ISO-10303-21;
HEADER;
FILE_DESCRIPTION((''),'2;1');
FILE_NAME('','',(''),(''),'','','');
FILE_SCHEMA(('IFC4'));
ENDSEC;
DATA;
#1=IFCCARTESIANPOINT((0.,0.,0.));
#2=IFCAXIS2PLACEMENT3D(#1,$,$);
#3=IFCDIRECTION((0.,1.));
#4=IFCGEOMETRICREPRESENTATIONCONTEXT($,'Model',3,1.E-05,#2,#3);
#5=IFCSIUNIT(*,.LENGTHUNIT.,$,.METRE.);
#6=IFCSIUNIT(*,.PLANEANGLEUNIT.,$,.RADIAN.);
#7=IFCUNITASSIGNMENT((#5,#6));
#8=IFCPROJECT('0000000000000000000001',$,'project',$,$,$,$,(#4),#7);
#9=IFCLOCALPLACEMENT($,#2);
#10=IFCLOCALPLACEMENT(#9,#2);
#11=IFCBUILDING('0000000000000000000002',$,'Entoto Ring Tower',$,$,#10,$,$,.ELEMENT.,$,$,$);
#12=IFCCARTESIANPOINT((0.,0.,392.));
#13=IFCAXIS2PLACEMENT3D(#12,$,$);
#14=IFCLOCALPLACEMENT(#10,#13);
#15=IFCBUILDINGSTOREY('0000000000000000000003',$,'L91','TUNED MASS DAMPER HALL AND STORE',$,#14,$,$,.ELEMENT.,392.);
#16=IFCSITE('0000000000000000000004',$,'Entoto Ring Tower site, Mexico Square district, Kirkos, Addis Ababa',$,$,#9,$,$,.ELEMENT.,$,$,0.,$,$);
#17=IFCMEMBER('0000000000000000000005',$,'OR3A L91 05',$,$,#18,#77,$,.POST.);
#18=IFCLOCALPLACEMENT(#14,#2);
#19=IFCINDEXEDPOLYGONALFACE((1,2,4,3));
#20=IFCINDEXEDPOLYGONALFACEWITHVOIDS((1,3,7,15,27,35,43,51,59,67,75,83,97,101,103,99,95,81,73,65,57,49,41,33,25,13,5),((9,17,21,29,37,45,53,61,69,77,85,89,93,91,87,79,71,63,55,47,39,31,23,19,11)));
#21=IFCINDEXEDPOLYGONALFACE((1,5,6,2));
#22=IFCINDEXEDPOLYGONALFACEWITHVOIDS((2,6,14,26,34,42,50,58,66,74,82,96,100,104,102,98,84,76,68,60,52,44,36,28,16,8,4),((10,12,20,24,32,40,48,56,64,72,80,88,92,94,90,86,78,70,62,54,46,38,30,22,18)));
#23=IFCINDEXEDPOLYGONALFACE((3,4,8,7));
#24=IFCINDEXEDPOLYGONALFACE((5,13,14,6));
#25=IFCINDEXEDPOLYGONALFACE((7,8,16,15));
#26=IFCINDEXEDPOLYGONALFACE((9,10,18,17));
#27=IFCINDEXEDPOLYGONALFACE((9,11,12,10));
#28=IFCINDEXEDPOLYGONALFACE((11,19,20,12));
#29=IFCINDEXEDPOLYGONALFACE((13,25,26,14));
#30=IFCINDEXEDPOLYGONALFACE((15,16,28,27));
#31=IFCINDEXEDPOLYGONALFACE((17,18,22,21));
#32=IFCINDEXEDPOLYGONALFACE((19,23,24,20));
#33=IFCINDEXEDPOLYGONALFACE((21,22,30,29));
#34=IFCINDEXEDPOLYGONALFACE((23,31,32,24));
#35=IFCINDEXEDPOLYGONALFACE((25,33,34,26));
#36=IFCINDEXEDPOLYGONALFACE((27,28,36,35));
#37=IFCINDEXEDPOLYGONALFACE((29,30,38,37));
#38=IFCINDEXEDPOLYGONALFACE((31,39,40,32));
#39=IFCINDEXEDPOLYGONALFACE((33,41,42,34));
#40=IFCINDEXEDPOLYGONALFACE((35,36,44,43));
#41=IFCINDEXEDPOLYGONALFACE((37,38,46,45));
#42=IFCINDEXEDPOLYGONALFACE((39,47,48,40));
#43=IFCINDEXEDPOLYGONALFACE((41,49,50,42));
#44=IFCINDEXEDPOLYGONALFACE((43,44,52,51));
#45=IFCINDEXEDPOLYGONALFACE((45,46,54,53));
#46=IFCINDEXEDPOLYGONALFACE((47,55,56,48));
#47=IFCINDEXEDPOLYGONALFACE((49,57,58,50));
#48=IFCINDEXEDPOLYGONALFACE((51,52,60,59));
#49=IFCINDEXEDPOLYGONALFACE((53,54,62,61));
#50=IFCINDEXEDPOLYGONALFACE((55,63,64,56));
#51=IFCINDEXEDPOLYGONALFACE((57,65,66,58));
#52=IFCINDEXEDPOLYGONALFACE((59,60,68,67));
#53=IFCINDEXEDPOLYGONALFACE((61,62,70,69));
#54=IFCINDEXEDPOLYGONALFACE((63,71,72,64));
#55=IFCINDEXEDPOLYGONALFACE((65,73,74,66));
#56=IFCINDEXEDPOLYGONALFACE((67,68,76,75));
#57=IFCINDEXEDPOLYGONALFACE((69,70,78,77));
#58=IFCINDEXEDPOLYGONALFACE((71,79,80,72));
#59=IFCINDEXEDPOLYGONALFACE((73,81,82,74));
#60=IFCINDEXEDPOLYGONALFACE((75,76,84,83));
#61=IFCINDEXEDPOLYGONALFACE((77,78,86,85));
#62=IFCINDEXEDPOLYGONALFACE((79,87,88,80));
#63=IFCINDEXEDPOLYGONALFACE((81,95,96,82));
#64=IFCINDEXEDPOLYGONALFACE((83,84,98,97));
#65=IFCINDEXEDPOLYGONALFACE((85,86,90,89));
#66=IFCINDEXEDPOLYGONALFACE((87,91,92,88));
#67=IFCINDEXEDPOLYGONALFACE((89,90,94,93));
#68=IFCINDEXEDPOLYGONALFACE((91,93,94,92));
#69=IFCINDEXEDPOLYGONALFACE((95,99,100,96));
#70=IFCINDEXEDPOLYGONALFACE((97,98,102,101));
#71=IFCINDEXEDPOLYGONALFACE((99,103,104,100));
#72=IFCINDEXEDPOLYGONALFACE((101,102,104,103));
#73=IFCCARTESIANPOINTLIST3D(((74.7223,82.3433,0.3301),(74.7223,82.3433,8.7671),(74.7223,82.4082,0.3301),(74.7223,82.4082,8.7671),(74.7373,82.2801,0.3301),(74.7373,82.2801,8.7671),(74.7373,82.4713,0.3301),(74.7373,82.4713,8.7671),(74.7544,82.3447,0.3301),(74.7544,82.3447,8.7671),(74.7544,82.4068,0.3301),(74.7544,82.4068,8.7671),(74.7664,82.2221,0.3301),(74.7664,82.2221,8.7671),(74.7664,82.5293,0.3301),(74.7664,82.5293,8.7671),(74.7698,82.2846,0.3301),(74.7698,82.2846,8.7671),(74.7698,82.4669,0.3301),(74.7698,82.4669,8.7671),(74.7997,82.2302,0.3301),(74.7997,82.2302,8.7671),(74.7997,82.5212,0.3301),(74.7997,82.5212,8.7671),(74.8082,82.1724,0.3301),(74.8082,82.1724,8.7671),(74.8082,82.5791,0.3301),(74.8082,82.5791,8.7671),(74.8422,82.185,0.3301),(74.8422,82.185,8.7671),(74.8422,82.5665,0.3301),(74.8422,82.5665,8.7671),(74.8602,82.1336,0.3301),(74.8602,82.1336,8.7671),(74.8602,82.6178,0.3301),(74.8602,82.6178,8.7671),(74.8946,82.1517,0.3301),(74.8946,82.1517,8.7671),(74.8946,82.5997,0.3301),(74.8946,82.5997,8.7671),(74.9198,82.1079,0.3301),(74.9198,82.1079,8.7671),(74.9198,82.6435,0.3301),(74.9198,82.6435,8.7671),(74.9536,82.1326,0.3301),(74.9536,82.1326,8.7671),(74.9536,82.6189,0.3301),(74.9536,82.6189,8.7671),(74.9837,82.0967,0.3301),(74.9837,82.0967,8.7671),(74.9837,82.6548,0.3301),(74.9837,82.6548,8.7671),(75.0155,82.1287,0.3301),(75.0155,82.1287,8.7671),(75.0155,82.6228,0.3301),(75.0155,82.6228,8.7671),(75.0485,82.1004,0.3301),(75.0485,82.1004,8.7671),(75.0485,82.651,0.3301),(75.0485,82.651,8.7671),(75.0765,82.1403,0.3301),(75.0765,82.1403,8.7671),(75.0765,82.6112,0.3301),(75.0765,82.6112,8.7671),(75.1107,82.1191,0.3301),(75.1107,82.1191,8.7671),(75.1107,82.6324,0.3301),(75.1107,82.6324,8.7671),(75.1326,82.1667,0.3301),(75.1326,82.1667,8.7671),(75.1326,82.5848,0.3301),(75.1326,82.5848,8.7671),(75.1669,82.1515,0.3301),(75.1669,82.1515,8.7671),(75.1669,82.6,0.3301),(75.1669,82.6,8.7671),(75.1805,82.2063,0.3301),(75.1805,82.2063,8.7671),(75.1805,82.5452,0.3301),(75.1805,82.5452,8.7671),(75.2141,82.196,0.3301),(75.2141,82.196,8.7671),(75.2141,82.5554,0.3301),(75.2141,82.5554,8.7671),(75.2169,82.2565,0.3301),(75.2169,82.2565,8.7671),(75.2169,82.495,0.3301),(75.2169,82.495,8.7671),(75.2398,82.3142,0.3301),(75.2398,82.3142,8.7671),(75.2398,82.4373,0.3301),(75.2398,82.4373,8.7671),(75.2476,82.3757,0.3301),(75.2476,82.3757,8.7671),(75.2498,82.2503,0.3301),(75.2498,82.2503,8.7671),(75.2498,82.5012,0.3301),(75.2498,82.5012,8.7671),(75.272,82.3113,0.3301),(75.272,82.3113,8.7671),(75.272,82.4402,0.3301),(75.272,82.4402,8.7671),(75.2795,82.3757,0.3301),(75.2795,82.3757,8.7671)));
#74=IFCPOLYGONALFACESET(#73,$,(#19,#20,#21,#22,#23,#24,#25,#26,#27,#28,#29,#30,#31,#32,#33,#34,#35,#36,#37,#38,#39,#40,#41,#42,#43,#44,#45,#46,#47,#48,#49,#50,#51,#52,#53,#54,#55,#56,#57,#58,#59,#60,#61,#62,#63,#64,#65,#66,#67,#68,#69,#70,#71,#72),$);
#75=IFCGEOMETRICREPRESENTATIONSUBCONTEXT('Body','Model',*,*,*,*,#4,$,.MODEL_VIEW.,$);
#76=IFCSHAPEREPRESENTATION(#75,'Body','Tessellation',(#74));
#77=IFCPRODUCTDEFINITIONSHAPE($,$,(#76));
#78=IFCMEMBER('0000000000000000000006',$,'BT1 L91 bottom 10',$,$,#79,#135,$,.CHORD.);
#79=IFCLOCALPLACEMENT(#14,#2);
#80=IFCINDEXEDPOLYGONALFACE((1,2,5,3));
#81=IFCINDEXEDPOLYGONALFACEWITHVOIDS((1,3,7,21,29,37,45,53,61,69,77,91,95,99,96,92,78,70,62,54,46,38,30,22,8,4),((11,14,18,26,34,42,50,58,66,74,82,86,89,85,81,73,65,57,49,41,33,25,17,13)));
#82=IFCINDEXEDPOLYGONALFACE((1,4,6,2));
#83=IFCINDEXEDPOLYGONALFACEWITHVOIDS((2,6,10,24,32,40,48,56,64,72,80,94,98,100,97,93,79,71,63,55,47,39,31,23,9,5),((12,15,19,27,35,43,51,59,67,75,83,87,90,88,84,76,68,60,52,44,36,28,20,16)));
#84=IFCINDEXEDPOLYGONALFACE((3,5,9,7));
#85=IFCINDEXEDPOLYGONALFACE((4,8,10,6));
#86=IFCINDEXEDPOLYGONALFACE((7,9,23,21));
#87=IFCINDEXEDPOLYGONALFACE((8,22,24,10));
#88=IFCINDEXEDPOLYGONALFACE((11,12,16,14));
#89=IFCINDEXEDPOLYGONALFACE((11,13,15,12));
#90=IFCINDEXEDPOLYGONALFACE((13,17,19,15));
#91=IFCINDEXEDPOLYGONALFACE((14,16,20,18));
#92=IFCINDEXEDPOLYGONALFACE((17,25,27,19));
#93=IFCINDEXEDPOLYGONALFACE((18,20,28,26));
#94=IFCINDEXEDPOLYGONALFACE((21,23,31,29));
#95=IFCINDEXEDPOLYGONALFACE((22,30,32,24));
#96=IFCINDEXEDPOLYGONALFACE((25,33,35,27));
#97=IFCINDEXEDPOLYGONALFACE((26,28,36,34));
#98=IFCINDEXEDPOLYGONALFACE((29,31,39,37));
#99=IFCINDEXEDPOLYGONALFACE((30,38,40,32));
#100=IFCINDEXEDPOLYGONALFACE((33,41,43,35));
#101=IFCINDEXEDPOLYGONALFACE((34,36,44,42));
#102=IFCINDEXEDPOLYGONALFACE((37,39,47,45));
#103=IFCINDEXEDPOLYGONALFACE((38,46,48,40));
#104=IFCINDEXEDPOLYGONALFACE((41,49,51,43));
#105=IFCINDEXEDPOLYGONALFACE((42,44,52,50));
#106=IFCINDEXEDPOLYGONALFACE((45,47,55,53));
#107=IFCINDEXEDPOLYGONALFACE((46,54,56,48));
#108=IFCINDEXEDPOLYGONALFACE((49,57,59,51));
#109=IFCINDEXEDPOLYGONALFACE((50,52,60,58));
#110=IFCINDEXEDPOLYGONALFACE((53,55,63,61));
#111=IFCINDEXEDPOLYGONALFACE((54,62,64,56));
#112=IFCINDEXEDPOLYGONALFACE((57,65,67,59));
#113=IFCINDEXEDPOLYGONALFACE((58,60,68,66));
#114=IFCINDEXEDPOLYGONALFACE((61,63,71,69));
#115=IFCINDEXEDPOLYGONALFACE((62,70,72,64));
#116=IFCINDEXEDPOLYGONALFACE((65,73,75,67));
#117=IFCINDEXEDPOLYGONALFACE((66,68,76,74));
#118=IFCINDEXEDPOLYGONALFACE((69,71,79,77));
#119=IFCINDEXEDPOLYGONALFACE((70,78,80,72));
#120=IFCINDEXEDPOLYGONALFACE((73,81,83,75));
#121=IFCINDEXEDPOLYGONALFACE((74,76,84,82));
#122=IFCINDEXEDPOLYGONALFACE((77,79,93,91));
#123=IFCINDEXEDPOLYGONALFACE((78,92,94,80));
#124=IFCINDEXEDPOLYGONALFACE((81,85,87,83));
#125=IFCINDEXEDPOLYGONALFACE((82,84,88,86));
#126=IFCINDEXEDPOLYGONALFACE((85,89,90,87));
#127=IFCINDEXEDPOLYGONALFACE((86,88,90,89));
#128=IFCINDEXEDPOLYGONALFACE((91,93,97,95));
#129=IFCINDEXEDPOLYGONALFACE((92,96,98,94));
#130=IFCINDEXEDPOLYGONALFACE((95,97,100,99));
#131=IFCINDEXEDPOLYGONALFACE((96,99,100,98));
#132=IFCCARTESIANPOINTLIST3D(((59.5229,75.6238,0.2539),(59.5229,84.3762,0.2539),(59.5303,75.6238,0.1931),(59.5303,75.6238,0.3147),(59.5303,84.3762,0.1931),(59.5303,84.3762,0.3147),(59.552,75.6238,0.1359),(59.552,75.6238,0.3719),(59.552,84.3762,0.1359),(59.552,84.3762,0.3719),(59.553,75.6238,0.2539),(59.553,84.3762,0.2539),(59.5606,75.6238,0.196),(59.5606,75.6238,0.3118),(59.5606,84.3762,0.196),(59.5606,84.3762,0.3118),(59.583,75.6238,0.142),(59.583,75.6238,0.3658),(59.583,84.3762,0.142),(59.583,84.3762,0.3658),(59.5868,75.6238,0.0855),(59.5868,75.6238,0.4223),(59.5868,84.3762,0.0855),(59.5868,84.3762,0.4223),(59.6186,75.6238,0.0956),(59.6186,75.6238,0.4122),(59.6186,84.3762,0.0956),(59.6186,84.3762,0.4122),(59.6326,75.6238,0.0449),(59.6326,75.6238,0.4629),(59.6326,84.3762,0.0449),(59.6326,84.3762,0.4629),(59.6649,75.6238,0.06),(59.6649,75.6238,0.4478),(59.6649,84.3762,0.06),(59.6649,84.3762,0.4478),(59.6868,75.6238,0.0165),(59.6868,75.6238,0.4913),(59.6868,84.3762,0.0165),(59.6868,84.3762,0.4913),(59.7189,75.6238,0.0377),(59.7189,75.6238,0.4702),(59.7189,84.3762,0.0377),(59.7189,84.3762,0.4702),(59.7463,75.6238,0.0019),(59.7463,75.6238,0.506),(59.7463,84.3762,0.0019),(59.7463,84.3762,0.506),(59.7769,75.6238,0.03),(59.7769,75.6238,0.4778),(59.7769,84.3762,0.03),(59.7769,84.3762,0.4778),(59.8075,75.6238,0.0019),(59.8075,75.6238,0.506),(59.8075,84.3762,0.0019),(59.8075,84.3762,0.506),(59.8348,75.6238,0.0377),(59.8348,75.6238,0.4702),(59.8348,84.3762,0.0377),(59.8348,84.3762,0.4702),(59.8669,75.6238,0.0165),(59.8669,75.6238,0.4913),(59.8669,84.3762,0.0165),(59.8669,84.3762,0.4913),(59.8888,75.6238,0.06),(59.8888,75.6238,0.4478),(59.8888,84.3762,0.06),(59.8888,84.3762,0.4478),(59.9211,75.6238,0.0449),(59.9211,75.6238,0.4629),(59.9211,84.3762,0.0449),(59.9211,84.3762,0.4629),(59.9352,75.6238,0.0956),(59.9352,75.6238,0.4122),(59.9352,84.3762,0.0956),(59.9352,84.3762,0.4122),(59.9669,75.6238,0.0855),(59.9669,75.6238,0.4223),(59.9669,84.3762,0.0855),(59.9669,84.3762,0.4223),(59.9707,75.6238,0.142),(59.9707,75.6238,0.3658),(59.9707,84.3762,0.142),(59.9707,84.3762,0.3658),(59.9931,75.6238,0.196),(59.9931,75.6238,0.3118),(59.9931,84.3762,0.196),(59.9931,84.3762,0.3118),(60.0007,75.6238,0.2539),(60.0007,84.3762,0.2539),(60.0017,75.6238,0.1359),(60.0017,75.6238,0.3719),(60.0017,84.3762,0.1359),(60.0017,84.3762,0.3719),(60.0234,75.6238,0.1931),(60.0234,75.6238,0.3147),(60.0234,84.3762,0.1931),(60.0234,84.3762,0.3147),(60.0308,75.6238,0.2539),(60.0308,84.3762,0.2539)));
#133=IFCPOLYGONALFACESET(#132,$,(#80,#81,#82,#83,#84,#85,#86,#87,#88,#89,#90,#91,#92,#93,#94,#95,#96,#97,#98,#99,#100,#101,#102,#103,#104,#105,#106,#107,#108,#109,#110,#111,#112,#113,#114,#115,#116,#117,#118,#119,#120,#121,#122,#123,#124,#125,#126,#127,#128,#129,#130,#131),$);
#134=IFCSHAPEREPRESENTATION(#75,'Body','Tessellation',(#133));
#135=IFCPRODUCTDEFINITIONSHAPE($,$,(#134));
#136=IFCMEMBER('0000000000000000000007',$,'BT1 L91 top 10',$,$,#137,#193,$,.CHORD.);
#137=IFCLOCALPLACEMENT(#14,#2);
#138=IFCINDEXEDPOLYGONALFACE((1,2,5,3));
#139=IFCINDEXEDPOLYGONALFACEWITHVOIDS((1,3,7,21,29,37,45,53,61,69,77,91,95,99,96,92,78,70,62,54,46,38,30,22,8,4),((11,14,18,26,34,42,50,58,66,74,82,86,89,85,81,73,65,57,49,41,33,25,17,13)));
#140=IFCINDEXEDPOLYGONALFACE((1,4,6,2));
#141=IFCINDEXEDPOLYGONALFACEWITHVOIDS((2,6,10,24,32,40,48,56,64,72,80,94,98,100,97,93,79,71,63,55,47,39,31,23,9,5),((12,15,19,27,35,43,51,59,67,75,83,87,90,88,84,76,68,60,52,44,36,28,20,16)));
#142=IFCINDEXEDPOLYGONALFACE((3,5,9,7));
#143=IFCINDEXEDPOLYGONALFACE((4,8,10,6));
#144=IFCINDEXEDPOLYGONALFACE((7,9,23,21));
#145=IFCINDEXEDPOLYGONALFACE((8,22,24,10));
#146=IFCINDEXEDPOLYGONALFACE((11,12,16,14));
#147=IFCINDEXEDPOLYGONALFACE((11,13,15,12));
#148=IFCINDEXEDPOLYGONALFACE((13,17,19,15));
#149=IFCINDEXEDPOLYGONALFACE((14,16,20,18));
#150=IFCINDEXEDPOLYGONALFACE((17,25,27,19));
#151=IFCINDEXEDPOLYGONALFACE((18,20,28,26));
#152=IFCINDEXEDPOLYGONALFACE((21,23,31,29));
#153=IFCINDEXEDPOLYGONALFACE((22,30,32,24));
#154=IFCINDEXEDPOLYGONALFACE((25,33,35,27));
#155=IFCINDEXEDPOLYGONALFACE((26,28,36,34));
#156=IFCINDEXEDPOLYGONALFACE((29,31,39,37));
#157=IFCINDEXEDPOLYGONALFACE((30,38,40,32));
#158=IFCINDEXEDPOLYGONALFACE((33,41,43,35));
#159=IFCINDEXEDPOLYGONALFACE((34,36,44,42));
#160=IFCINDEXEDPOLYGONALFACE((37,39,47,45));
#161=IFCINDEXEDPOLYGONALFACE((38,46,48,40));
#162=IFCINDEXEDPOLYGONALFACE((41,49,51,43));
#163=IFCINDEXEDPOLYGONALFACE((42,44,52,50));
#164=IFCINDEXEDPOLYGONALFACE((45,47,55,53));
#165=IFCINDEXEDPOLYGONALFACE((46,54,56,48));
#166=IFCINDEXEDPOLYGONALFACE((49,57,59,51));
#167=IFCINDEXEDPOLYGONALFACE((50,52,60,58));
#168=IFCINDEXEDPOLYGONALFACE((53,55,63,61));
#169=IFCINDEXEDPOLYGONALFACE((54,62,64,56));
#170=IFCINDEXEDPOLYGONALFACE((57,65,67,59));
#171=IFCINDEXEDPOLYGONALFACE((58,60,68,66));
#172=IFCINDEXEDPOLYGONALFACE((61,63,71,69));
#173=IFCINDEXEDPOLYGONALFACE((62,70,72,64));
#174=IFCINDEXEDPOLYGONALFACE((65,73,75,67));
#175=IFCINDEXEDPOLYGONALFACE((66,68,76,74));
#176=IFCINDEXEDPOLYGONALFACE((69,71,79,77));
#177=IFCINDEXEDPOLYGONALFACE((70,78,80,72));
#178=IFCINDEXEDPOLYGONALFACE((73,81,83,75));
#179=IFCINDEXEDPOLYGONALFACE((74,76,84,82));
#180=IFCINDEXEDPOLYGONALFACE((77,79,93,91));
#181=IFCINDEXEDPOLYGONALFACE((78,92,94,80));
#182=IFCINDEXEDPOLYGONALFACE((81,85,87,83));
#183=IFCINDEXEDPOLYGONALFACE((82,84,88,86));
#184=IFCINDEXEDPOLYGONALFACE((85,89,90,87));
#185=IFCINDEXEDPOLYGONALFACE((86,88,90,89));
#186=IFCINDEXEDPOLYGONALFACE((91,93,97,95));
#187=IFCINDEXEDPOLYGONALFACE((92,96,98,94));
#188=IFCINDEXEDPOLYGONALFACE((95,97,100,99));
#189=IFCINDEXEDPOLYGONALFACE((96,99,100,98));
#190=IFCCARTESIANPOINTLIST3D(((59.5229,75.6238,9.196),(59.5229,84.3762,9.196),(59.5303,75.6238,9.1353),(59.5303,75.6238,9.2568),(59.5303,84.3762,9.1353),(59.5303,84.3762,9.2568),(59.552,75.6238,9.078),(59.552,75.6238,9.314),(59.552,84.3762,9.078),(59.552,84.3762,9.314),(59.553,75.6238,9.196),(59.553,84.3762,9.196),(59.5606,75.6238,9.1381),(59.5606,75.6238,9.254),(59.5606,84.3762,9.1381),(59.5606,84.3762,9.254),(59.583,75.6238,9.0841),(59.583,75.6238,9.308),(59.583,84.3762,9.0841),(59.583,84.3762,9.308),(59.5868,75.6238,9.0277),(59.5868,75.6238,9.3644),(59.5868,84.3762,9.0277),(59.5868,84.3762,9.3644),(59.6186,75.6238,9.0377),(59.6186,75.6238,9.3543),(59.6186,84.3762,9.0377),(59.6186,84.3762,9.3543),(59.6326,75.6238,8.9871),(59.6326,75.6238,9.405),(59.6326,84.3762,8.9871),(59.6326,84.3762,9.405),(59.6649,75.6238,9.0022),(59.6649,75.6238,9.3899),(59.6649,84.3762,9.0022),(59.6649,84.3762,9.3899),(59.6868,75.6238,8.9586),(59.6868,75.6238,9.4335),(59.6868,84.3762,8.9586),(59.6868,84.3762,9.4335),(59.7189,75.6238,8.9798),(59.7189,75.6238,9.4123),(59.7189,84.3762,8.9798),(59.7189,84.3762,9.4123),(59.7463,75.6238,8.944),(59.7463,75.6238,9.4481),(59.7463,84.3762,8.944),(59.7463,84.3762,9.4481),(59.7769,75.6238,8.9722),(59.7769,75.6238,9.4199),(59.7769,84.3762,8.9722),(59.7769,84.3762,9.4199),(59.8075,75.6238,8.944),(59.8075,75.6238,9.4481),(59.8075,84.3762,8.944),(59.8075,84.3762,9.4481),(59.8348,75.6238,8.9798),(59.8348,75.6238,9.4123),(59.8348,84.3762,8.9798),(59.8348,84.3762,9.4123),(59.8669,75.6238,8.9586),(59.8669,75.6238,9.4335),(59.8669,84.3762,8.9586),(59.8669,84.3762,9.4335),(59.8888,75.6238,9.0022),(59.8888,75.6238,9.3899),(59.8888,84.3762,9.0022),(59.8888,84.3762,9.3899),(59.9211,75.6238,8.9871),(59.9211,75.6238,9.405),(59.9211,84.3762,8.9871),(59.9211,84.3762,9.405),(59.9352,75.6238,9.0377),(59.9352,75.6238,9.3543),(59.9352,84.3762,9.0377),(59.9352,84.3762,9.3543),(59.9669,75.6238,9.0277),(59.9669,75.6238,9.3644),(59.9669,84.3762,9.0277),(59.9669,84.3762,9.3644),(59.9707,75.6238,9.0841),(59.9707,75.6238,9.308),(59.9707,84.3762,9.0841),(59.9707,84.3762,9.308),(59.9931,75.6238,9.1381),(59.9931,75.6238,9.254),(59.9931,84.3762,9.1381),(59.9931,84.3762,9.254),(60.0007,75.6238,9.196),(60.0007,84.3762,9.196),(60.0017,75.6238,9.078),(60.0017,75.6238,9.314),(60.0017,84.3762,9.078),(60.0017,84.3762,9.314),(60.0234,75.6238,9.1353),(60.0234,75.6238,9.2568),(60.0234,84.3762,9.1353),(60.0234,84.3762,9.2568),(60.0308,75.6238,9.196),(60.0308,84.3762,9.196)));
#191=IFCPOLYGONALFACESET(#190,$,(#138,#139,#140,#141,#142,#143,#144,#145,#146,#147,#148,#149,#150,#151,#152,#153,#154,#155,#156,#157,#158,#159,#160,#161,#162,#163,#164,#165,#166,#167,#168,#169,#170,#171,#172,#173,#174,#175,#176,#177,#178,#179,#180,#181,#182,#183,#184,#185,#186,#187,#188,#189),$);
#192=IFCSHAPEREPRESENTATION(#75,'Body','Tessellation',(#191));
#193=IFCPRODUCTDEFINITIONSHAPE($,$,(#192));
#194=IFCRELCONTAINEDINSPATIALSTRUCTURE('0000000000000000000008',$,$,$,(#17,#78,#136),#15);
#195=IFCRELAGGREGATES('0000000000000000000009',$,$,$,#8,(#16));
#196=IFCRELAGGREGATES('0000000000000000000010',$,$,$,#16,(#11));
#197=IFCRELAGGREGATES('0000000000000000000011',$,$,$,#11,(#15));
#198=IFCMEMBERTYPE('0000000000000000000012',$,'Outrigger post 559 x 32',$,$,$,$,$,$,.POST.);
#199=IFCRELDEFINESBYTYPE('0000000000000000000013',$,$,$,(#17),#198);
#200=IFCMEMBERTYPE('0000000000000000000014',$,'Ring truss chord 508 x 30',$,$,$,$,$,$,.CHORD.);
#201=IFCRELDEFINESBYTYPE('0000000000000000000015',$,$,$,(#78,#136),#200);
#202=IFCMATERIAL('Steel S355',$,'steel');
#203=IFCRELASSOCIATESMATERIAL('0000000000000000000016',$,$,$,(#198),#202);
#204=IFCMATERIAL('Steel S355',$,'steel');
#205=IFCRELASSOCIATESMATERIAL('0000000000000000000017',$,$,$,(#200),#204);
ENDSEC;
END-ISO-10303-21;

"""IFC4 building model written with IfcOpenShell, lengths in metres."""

from ifc_helpers import new_model, si_unit, direction, frame, origin, origin_2d, place, context, subcontext, project, spatial, circle, hollow_circle, extrude, material, material_profile, profile_set, type_object, element, save


model = new_model("IFC4")

# Units and contexts
model_context = context("Model", 3, precision=1e-05, world=origin(), true_north=direction((0.0, 1.0)))
body_context = subcontext(model_context, "Body", "Model", "MODEL_VIEW")
ifc_project = project(units=[si_unit("LENGTHUNIT", "METRE"), si_unit("PLANEANGLEUNIT", "RADIAN")], contexts=[model_context])

# Site, building, storey
site_placement = place(None, origin())
site = spatial("IfcSite", under=ifc_project, at=site_placement, Name="Entoto Ring Tower site, Mexico Square district, Kirkos, Addis Ababa", CompositionType="ELEMENT", RefElevation=0.0)
building_placement = place(site_placement, origin())
building = spatial("IfcBuilding", under=site, at=building_placement, Name="Entoto Ring Tower", CompositionType="ELEMENT")
storey_placement = place(building_placement, frame((0.0, 0.0, 392.0)))
storey = spatial("IfcBuildingStorey", under=building, at=storey_placement, Name="L91", Description="TUNED MASS DAMPER HALL AND STORE", CompositionType="ELEMENT", Elevation=392.0)

# Members
ifc_material_1 = material(Name="Steel S355", Category="steel")
ifc_material_profile_1 = material_profile(ifc_material_1, hollow_circle(Radius=0.2795, WallThickness=0.032, at=origin_2d()), Name="CHS 559 x 32")
ifc_material_2 = material(Name="Concrete C60/75", Category="concrete")
ifc_material_profile_2 = material_profile(ifc_material_2, circle(Radius=0.2476, at=origin_2d()), Name="Concrete C60/75 infill")
ifc_profile_set_1 = profile_set([ifc_material_profile_1, ifc_material_profile_2], Name="Steel S355")
member_type_1 = type_object("IfcMemberType", Name="Outrigger post 559 x 32", PredefinedType="POST", material=ifc_profile_set_1)
member_1_placement = place(storey_placement, frame((75.0, 82.3757, 0.3301), z_axis=(0.0, 0.0, 1.0), x_axis=(1.0, 0.0, 0.0)))
element("IfcMember", 1, at=member_1_placement, inside=storey, type_object=member_type_1, Name="OR3A L91 05", PredefinedType="POST", context=body_context, shape_type="SweptSolid", body=[
    extrude(hollow_circle(Radius=0.2795, WallThickness=0.032, at=origin_2d()), origin(), (0.0, 0.0, 1.0), 8.437),
])
ifc_material_3 = material(Name="Steel S355", Category="steel")
ifc_material_profile_3 = material_profile(ifc_material_3, hollow_circle(Radius=0.2539, WallThickness=0.03, at=origin_2d()), Name="CHS 508 x 30")
ifc_material_4 = material(Name="Concrete C60/75", Category="concrete")
ifc_material_profile_4 = material_profile(ifc_material_4, circle(Radius=0.2241, at=origin_2d()), Name="Concrete C60/75 infill")
ifc_profile_set_2 = profile_set([ifc_material_profile_3, ifc_material_profile_4], Name="Steel S355")
member_type_2 = type_object("IfcMemberType", Name="Ring truss chord 508 x 30", PredefinedType="CHORD", material=ifc_profile_set_2)
for number, where, z_axis, x_axis, name in (
    (2, (59.7769, 84.3762, 0.2539), (0.0, -1.0, 0.0), (1.0, 0.0, 0.0), "BT1 L91 bottom 10"),
    (3, (59.7769, 84.3762, 9.196), (0.0, -1.0, 0.0), (1.0, 0.0, 0.0), "BT1 L91 top 10"),
):
    element("IfcMember", number, at=place(storey_placement, frame(where, z_axis=z_axis, x_axis=x_axis)), inside=storey, type_object=member_type_2, Name=name, PredefinedType="CHORD", context=body_context, shape_type="SweptSolid", body=[
        extrude(hollow_circle(Radius=0.2539, WallThickness=0.03, at=origin_2d()), origin(), (0.0, 0.0, 1.0), 8.7524),
    ])

save(model, "model.ifc")
